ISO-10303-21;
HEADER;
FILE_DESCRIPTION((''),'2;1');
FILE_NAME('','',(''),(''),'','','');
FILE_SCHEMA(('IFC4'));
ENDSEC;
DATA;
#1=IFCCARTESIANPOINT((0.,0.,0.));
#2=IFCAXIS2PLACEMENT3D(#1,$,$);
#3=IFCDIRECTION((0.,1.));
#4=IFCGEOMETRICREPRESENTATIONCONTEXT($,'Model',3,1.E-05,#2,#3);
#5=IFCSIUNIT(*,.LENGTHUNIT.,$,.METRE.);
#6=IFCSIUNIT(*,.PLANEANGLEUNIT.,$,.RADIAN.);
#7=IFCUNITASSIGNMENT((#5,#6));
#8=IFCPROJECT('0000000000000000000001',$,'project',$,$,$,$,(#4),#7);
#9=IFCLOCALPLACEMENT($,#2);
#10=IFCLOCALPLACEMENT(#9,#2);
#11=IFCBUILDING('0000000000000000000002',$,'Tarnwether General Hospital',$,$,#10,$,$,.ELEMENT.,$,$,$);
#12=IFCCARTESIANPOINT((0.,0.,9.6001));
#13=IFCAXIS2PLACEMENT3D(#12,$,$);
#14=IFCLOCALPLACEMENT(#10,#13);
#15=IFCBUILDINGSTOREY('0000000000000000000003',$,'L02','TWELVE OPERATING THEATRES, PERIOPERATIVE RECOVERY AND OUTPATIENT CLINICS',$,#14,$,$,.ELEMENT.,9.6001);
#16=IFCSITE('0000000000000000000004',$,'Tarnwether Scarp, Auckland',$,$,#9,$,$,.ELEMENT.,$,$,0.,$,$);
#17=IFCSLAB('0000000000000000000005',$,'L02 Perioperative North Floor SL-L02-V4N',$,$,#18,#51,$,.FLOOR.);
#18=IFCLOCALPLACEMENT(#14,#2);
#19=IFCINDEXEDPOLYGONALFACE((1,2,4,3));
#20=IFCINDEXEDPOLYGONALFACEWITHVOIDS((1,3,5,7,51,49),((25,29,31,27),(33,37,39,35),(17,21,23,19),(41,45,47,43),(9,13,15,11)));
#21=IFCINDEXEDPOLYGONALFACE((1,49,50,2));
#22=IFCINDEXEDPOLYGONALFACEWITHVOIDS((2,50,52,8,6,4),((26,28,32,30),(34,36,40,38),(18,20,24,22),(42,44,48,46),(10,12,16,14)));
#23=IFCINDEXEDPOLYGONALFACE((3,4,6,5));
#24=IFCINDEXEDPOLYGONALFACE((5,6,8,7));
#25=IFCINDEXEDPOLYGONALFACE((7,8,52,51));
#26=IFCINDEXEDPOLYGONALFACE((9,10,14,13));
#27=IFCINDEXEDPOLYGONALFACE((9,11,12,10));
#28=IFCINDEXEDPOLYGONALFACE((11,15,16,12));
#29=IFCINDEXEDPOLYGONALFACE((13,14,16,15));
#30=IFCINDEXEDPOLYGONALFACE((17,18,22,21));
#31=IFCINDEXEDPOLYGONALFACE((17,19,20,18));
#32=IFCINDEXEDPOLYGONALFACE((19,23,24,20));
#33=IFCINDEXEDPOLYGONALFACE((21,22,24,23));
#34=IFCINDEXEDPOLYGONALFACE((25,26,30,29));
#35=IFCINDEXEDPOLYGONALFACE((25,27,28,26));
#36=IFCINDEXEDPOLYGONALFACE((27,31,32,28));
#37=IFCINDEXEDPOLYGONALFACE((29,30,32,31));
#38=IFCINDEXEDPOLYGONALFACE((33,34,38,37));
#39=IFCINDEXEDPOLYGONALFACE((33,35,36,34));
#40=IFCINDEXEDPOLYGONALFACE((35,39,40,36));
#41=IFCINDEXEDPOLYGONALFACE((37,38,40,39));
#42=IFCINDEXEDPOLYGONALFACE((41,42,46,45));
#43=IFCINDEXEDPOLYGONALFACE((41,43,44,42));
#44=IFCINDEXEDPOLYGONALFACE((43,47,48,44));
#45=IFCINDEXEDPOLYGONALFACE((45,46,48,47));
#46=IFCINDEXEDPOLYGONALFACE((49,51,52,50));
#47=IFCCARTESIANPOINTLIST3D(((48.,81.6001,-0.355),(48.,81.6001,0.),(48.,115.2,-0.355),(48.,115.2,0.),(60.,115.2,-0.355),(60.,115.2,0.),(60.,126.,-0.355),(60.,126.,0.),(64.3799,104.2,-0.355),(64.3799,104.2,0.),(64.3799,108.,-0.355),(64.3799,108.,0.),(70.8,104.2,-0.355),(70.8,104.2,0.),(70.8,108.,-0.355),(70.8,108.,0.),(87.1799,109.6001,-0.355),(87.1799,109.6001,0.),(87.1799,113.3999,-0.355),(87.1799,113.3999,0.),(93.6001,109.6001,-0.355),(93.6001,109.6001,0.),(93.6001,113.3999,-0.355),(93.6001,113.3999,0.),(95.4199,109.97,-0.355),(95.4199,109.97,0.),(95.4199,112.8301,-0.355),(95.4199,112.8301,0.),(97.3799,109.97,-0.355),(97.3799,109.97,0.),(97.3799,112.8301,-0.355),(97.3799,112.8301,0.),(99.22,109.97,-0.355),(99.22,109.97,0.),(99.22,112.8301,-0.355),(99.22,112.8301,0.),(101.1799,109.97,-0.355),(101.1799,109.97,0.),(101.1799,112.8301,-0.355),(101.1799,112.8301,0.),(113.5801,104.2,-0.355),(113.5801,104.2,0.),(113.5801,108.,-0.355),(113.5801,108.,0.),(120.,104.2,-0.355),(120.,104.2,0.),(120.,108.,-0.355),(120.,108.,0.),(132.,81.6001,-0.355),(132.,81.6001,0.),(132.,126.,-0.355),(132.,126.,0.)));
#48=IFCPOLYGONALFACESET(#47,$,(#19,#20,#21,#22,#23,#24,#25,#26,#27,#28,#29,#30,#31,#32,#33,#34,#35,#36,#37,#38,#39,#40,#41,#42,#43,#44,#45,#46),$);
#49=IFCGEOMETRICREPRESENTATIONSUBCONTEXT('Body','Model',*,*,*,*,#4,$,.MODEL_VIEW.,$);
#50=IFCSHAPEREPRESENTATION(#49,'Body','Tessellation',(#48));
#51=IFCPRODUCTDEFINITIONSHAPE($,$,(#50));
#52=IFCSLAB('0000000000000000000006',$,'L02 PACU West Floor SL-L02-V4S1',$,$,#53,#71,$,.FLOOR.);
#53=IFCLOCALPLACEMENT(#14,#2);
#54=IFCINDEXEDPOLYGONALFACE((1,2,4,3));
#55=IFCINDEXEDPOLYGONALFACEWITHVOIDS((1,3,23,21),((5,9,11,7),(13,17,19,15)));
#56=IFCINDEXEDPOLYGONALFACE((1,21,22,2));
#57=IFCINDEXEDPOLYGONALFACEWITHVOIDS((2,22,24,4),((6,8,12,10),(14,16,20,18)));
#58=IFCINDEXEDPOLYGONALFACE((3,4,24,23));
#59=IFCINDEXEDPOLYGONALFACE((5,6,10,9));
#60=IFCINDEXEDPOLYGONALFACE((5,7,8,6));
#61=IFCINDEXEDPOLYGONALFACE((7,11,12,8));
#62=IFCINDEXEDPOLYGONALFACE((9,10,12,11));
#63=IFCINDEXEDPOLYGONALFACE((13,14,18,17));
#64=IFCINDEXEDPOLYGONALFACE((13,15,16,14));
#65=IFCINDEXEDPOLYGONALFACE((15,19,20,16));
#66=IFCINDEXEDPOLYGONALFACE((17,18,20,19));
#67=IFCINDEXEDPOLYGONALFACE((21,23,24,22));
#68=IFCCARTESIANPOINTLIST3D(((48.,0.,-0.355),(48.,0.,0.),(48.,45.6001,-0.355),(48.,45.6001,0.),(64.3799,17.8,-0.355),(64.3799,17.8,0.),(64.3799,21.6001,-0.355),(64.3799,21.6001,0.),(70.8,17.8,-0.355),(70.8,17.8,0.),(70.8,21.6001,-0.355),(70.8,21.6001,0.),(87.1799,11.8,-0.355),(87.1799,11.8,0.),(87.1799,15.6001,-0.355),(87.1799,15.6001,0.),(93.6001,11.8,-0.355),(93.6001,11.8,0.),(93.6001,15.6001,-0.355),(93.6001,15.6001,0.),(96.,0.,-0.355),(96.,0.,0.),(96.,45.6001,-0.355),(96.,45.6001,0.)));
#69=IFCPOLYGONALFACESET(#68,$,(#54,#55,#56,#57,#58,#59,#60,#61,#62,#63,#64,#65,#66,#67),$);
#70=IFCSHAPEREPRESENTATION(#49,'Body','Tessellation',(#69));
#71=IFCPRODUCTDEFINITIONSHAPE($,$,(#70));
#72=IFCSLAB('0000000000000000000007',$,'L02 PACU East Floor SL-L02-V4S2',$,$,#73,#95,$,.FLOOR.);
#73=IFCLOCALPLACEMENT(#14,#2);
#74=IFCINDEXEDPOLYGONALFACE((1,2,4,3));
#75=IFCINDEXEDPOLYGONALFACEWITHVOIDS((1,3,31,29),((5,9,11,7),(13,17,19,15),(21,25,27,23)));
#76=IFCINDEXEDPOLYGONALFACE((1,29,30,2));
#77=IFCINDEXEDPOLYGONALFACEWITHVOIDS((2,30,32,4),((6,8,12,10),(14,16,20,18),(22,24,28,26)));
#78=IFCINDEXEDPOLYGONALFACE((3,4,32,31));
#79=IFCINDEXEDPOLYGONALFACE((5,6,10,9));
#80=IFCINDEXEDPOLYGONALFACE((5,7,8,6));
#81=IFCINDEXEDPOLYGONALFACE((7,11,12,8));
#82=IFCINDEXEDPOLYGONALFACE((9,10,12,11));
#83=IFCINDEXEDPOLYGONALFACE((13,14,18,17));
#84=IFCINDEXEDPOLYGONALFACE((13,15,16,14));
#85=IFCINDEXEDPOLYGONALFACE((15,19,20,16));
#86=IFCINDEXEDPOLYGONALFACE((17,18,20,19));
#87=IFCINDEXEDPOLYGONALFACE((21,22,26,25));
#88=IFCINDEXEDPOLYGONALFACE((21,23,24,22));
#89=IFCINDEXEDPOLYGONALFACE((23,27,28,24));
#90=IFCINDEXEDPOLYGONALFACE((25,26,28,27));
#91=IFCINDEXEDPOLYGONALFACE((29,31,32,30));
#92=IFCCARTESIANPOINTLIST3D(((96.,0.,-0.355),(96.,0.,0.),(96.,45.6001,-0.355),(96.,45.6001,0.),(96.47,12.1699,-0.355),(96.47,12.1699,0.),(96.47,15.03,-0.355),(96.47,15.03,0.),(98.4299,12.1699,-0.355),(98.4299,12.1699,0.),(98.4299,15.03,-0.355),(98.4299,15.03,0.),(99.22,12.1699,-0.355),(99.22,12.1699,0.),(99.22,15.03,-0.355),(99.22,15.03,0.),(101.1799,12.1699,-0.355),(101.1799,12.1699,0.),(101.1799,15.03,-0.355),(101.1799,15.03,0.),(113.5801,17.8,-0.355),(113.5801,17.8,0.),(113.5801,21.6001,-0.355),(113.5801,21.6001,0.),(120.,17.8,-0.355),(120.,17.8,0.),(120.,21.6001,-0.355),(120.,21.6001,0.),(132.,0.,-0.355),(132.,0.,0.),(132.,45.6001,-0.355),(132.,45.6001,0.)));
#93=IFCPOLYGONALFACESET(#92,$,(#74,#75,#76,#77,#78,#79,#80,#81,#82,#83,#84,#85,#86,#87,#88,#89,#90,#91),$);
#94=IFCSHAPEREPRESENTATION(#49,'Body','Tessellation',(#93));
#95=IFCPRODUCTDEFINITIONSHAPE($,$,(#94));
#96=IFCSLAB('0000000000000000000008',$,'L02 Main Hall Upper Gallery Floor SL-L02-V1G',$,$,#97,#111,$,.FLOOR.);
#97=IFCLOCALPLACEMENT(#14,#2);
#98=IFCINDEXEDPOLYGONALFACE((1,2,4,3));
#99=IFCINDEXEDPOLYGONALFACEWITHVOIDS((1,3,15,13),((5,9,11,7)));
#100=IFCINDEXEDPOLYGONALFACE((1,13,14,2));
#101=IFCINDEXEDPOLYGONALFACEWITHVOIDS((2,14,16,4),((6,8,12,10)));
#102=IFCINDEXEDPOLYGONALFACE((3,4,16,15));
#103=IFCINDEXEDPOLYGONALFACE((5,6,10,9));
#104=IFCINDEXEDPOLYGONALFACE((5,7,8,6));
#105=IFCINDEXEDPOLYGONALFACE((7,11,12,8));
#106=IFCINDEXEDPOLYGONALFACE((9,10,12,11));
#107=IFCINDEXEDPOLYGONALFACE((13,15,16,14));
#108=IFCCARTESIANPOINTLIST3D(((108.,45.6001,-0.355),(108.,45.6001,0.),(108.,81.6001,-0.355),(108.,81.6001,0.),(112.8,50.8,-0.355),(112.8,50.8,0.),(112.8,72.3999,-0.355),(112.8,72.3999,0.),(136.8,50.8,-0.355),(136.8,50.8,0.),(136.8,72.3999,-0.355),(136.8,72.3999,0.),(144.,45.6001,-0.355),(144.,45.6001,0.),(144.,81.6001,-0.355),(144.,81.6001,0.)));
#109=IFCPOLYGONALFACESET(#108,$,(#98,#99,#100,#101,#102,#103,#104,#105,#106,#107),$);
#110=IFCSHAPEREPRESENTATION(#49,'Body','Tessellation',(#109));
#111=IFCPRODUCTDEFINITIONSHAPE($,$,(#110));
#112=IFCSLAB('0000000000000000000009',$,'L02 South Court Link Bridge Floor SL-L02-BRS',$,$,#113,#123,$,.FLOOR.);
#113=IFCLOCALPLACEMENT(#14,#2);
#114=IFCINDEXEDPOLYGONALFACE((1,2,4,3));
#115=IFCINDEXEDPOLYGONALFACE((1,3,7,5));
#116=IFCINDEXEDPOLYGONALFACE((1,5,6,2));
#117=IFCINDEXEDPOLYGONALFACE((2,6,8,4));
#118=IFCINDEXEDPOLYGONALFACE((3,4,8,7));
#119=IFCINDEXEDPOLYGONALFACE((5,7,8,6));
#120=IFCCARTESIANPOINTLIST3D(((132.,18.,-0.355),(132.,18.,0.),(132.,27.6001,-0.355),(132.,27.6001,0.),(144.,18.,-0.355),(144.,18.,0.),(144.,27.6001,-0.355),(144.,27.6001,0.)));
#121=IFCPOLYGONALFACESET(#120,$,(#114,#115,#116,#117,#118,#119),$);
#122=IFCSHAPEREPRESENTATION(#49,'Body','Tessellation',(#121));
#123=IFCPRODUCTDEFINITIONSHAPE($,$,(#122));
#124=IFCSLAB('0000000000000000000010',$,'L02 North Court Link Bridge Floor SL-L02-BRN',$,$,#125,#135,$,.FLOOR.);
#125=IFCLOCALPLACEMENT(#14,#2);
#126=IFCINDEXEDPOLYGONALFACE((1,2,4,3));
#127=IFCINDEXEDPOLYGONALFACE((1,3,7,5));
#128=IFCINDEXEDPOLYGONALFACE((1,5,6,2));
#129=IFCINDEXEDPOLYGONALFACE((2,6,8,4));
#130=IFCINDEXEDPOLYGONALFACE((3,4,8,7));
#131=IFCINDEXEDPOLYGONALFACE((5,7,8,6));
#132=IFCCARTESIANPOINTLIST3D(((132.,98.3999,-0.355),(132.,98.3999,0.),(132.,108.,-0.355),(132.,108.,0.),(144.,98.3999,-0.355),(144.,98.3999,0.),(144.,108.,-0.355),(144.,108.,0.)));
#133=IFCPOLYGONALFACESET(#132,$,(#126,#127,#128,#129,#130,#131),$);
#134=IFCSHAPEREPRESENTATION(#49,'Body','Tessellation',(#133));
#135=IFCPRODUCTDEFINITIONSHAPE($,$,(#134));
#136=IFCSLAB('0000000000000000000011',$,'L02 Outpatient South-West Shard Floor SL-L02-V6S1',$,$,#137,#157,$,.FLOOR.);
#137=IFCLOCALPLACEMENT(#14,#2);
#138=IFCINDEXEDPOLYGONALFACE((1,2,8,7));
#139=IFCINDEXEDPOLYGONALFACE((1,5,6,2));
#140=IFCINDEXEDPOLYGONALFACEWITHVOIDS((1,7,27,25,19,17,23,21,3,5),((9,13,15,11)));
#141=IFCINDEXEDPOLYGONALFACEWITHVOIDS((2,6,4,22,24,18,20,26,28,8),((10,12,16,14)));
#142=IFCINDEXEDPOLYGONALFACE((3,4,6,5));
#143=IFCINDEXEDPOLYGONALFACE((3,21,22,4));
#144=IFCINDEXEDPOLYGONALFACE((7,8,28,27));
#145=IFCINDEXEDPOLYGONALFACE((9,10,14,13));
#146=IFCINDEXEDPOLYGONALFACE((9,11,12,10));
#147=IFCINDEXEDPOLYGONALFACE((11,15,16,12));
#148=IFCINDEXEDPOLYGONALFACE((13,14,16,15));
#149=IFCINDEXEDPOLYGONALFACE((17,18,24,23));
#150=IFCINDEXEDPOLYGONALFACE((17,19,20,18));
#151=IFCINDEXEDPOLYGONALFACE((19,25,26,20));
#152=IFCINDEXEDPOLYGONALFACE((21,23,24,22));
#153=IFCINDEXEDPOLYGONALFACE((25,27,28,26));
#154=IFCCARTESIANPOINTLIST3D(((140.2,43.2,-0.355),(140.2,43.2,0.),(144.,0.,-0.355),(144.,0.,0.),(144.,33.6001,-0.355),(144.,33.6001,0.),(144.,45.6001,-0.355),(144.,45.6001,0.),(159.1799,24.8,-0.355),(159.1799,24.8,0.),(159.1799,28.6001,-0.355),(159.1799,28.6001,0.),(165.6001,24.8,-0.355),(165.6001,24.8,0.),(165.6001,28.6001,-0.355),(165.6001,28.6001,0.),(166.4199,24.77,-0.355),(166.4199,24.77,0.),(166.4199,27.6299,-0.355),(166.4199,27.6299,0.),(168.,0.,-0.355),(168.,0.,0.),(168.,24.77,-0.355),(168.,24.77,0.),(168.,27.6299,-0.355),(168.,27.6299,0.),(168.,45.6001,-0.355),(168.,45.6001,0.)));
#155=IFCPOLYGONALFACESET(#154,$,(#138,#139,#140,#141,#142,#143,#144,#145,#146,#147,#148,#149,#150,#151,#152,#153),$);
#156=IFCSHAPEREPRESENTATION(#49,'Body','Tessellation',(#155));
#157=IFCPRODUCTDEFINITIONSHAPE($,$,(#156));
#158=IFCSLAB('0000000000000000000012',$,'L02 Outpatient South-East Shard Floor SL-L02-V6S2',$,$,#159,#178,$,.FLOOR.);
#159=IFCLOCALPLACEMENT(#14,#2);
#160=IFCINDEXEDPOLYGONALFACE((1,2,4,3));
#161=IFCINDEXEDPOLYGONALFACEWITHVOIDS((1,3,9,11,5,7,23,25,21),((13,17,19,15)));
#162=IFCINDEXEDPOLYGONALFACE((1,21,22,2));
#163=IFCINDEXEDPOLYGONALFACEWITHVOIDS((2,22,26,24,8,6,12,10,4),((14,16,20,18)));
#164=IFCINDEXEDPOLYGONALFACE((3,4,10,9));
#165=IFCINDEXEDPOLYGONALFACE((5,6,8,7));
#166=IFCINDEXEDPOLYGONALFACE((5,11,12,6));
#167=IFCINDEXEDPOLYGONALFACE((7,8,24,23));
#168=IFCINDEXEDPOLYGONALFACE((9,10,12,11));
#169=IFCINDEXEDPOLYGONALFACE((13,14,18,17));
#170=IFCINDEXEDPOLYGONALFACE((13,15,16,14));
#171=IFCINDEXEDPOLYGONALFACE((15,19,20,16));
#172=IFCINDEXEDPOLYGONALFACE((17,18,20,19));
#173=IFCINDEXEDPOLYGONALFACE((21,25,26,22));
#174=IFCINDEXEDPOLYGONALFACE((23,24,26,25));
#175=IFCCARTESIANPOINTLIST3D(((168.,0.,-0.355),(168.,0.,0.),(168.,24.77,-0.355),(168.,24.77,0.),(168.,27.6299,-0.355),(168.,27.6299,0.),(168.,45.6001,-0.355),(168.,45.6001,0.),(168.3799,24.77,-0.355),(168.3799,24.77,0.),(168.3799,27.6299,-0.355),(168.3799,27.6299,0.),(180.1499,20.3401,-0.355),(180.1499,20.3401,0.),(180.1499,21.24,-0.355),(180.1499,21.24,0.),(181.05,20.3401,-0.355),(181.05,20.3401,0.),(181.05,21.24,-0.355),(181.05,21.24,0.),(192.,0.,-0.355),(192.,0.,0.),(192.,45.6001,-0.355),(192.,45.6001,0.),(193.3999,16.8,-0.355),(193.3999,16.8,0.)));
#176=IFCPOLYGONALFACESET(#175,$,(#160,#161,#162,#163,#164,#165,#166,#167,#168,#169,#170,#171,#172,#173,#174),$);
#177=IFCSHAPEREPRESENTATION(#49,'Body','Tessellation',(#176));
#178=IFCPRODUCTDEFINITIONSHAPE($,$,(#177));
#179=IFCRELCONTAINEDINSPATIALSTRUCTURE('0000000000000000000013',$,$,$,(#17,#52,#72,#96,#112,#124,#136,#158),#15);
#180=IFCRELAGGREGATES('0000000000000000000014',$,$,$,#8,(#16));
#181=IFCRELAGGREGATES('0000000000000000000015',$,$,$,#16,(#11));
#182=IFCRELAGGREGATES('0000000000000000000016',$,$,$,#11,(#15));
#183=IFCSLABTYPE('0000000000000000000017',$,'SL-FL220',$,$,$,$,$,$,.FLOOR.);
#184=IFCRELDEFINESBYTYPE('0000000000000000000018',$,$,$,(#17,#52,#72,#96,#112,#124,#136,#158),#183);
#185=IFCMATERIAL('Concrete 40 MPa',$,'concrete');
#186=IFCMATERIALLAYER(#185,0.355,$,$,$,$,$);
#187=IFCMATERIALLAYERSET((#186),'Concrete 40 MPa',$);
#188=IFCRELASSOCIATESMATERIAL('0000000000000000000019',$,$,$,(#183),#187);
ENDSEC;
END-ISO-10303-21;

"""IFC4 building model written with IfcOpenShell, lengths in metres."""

from ifc_helpers import new_model, si_unit, direction, frame, origin, place, context, subcontext, project, spatial, polyline, outline, extrude, material, layer, layer_set, type_object, element, save


model = new_model("IFC4")

# Units and contexts
model_context = context("Model", 3, precision=1e-05, world=origin(), true_north=direction((0.0, 1.0)))
body_context = subcontext(model_context, "Body", "Model", "MODEL_VIEW")
ifc_project = project(units=[si_unit("LENGTHUNIT", "METRE"), si_unit("PLANEANGLEUNIT", "RADIAN")], contexts=[model_context])

# Site, building, storey
site_placement = place(None, origin())
site = spatial("IfcSite", under=ifc_project, at=site_placement, Name="Tarnwether Scarp, Auckland", CompositionType="ELEMENT", RefElevation=0.0)
building_placement = place(site_placement, origin())
building = spatial("IfcBuilding", under=site, at=building_placement, Name="Tarnwether General Hospital", CompositionType="ELEMENT")
storey_placement = place(building_placement, frame((0.0, 0.0, 9.6001)))
storey = spatial("IfcBuildingStorey", under=building, at=storey_placement, Name="L02", Description="TWELVE OPERATING THEATRES, PERIOPERATIVE RECOVERY AND OUTPATIENT CLINICS", CompositionType="ELEMENT", Elevation=9.6001)

# Slabs
ifc_material_1 = material(Name="Concrete 40 MPa", Category="concrete")
ifc_layer_1 = layer(ifc_material_1, 0.355)
ifc_layer_set_1 = layer_set([ifc_layer_1], Name="Concrete 40 MPa")
slab_type_1 = type_object("IfcSlabType", Name="SL-FL220", PredefinedType="FLOOR", material=ifc_layer_set_1)
slab_1_placement = place(storey_placement, frame((0.0, 0.0, -0.355)))
element("IfcSlab", 1, at=slab_1_placement, inside=storey, type_object=slab_type_1, Name="L02 Perioperative North Floor SL-L02-V4N", PredefinedType="FLOOR", context=body_context, shape_type="SweptSolid", body=[
    extrude(outline(polyline([(132.0, 81.6001), (48.0, 81.6001), (48.0, 115.2), (60.0, 115.2), (60.0, 126.0), (132.0, 126.0), (132.0, 81.6001)]), holes=[polyline([(70.8, 108.0), (64.3799, 108.0), (64.3799, 104.2), (70.8, 104.2), (70.8, 108.0)]), polyline([(97.3799, 109.97), (97.3799, 112.8301), (95.4199, 112.8301), (95.4199, 109.97), (97.3799, 109.97)]), polyline([(93.6001, 109.6001), (93.6001, 113.3999), (87.1799, 113.3999), (87.1799, 109.6001), (93.6001, 109.6001)]), polyline([(120.0, 104.2), (120.0, 108.0), (113.5801, 108.0), (113.5801, 104.2), (120.0, 104.2)]), polyline([(101.1799, 109.97), (101.1799, 112.8301), (99.22, 112.8301), (99.22, 109.97), (101.1799, 109.97)])]), origin(), (0.0, 0.0, 1.0), 0.355),
])
slab_2_placement = place(storey_placement, frame((0.0, 0.0, -0.355)))
element("IfcSlab", 2, at=slab_2_placement, inside=storey, type_object=slab_type_1, Name="L02 PACU West Floor SL-L02-V4S1", PredefinedType="FLOOR", context=body_context, shape_type="SweptSolid", body=[
    extrude(outline(polyline([(48.0, 0.0), (48.0, 45.6001), (96.0, 45.6001), (96.0, 0.0), (48.0, 0.0)]), holes=[polyline([(93.6001, 15.6001), (87.1799, 15.6001), (87.1799, 11.8), (93.6001, 11.8), (93.6001, 15.6001)]), polyline([(70.8, 21.6001), (64.3799, 21.6001), (64.3799, 17.8), (70.8, 17.8), (70.8, 21.6001)])]), origin(), (0.0, 0.0, 1.0), 0.355),
])
slab_3_placement = place(storey_placement, frame((0.0, 0.0, -0.355)))
element("IfcSlab", 3, at=slab_3_placement, inside=storey, type_object=slab_type_1, Name="L02 PACU East Floor SL-L02-V4S2", PredefinedType="FLOOR", context=body_context, shape_type="SweptSolid", body=[
    extrude(outline(polyline([(96.0, 0.0), (96.0, 45.6001), (132.0, 45.6001), (132.0, 0.0), (96.0, 0.0)]), holes=[polyline([(98.4299, 15.03), (96.47, 15.03), (96.47, 12.1699), (98.4299, 12.1699), (98.4299, 15.03)]), polyline([(101.1799, 15.03), (99.22, 15.03), (99.22, 12.1699), (101.1799, 12.1699), (101.1799, 15.03)]), polyline([(120.0, 21.6001), (113.5801, 21.6001), (113.5801, 17.8), (120.0, 17.8), (120.0, 21.6001)])]), origin(), (0.0, 0.0, 1.0), 0.355),
])
slab_4_placement = place(storey_placement, frame((0.0, 0.0, -0.355)))
element("IfcSlab", 4, at=slab_4_placement, inside=storey, type_object=slab_type_1, Name="L02 Main Hall Upper Gallery Floor SL-L02-V1G", PredefinedType="FLOOR", context=body_context, shape_type="SweptSolid", body=[
    extrude(outline(polyline([(108.0, 45.6001), (108.0, 81.6001), (144.0, 81.6001), (144.0, 45.6001), (108.0, 45.6001)]), holes=[polyline([(136.8, 72.3999), (112.8, 72.3999), (112.8, 50.8), (136.8, 50.8), (136.8, 72.3999)])]), origin(), (0.0, 0.0, 1.0), 0.355),
])
slab_5_placement = place(storey_placement, frame((0.0, 0.0, -0.355)))
element("IfcSlab", 5, at=slab_5_placement, inside=storey, type_object=slab_type_1, Name="L02 South Court Link Bridge Floor SL-L02-BRS", PredefinedType="FLOOR", context=body_context, shape_type="SweptSolid", body=[
    extrude(outline(polyline([(144.0, 18.0), (144.0, 27.6001), (132.0, 27.6001), (132.0, 18.0), (144.0, 18.0)])), origin(), (0.0, 0.0, 1.0), 0.355),
])
slab_6_placement = place(storey_placement, frame((0.0, 0.0, -0.355)))
element("IfcSlab", 6, at=slab_6_placement, inside=storey, type_object=slab_type_1, Name="L02 North Court Link Bridge Floor SL-L02-BRN", PredefinedType="FLOOR", context=body_context, shape_type="SweptSolid", body=[
    extrude(outline(polyline([(144.0, 98.3999), (144.0, 108.0), (132.0, 108.0), (132.0, 98.3999), (144.0, 98.3999)])), origin(), (0.0, 0.0, 1.0), 0.355),
])
slab_7_placement = place(storey_placement, frame((0.0, 0.0, -0.355)))
element("IfcSlab", 7, at=slab_7_placement, inside=storey, type_object=slab_type_1, Name="L02 Outpatient South-West Shard Floor SL-L02-V6S1", PredefinedType="FLOOR", context=body_context, shape_type="SweptSolid", body=[
    extrude(outline(polyline([(144.0, 33.6001), (140.2, 43.2), (144.0, 45.6001), (168.0, 45.6001), (168.0, 27.6299), (166.4199, 27.6299), (166.4199, 24.77), (168.0, 24.77), (168.0, 0.0), (144.0, 0.0), (144.0, 33.6001)]), holes=[polyline([(165.6001, 28.6001), (159.1799, 28.6001), (159.1799, 24.8), (165.6001, 24.8), (165.6001, 28.6001)])]), origin(), (0.0, 0.0, 1.0), 0.355),
])
slab_8_placement = place(storey_placement, frame((0.0, 0.0, -0.355)))
element("IfcSlab", 8, at=slab_8_placement, inside=storey, type_object=slab_type_1, Name="L02 Outpatient South-East Shard Floor SL-L02-V6S2", PredefinedType="FLOOR", context=body_context, shape_type="SweptSolid", body=[
    extrude(outline(polyline([(192.0, 0.0), (168.0, 0.0), (168.0, 24.77), (168.3799, 24.77), (168.3799, 27.6299), (168.0, 27.6299), (168.0, 45.6001), (192.0, 45.6001), (193.3999, 16.8), (192.0, 0.0)]), holes=[polyline([(181.05, 21.24), (180.1499, 21.24), (180.1499, 20.3401), (181.05, 20.3401), (181.05, 21.24)])]), origin(), (0.0, 0.0, 1.0), 0.355),
])

save(model, "model.ifc")
